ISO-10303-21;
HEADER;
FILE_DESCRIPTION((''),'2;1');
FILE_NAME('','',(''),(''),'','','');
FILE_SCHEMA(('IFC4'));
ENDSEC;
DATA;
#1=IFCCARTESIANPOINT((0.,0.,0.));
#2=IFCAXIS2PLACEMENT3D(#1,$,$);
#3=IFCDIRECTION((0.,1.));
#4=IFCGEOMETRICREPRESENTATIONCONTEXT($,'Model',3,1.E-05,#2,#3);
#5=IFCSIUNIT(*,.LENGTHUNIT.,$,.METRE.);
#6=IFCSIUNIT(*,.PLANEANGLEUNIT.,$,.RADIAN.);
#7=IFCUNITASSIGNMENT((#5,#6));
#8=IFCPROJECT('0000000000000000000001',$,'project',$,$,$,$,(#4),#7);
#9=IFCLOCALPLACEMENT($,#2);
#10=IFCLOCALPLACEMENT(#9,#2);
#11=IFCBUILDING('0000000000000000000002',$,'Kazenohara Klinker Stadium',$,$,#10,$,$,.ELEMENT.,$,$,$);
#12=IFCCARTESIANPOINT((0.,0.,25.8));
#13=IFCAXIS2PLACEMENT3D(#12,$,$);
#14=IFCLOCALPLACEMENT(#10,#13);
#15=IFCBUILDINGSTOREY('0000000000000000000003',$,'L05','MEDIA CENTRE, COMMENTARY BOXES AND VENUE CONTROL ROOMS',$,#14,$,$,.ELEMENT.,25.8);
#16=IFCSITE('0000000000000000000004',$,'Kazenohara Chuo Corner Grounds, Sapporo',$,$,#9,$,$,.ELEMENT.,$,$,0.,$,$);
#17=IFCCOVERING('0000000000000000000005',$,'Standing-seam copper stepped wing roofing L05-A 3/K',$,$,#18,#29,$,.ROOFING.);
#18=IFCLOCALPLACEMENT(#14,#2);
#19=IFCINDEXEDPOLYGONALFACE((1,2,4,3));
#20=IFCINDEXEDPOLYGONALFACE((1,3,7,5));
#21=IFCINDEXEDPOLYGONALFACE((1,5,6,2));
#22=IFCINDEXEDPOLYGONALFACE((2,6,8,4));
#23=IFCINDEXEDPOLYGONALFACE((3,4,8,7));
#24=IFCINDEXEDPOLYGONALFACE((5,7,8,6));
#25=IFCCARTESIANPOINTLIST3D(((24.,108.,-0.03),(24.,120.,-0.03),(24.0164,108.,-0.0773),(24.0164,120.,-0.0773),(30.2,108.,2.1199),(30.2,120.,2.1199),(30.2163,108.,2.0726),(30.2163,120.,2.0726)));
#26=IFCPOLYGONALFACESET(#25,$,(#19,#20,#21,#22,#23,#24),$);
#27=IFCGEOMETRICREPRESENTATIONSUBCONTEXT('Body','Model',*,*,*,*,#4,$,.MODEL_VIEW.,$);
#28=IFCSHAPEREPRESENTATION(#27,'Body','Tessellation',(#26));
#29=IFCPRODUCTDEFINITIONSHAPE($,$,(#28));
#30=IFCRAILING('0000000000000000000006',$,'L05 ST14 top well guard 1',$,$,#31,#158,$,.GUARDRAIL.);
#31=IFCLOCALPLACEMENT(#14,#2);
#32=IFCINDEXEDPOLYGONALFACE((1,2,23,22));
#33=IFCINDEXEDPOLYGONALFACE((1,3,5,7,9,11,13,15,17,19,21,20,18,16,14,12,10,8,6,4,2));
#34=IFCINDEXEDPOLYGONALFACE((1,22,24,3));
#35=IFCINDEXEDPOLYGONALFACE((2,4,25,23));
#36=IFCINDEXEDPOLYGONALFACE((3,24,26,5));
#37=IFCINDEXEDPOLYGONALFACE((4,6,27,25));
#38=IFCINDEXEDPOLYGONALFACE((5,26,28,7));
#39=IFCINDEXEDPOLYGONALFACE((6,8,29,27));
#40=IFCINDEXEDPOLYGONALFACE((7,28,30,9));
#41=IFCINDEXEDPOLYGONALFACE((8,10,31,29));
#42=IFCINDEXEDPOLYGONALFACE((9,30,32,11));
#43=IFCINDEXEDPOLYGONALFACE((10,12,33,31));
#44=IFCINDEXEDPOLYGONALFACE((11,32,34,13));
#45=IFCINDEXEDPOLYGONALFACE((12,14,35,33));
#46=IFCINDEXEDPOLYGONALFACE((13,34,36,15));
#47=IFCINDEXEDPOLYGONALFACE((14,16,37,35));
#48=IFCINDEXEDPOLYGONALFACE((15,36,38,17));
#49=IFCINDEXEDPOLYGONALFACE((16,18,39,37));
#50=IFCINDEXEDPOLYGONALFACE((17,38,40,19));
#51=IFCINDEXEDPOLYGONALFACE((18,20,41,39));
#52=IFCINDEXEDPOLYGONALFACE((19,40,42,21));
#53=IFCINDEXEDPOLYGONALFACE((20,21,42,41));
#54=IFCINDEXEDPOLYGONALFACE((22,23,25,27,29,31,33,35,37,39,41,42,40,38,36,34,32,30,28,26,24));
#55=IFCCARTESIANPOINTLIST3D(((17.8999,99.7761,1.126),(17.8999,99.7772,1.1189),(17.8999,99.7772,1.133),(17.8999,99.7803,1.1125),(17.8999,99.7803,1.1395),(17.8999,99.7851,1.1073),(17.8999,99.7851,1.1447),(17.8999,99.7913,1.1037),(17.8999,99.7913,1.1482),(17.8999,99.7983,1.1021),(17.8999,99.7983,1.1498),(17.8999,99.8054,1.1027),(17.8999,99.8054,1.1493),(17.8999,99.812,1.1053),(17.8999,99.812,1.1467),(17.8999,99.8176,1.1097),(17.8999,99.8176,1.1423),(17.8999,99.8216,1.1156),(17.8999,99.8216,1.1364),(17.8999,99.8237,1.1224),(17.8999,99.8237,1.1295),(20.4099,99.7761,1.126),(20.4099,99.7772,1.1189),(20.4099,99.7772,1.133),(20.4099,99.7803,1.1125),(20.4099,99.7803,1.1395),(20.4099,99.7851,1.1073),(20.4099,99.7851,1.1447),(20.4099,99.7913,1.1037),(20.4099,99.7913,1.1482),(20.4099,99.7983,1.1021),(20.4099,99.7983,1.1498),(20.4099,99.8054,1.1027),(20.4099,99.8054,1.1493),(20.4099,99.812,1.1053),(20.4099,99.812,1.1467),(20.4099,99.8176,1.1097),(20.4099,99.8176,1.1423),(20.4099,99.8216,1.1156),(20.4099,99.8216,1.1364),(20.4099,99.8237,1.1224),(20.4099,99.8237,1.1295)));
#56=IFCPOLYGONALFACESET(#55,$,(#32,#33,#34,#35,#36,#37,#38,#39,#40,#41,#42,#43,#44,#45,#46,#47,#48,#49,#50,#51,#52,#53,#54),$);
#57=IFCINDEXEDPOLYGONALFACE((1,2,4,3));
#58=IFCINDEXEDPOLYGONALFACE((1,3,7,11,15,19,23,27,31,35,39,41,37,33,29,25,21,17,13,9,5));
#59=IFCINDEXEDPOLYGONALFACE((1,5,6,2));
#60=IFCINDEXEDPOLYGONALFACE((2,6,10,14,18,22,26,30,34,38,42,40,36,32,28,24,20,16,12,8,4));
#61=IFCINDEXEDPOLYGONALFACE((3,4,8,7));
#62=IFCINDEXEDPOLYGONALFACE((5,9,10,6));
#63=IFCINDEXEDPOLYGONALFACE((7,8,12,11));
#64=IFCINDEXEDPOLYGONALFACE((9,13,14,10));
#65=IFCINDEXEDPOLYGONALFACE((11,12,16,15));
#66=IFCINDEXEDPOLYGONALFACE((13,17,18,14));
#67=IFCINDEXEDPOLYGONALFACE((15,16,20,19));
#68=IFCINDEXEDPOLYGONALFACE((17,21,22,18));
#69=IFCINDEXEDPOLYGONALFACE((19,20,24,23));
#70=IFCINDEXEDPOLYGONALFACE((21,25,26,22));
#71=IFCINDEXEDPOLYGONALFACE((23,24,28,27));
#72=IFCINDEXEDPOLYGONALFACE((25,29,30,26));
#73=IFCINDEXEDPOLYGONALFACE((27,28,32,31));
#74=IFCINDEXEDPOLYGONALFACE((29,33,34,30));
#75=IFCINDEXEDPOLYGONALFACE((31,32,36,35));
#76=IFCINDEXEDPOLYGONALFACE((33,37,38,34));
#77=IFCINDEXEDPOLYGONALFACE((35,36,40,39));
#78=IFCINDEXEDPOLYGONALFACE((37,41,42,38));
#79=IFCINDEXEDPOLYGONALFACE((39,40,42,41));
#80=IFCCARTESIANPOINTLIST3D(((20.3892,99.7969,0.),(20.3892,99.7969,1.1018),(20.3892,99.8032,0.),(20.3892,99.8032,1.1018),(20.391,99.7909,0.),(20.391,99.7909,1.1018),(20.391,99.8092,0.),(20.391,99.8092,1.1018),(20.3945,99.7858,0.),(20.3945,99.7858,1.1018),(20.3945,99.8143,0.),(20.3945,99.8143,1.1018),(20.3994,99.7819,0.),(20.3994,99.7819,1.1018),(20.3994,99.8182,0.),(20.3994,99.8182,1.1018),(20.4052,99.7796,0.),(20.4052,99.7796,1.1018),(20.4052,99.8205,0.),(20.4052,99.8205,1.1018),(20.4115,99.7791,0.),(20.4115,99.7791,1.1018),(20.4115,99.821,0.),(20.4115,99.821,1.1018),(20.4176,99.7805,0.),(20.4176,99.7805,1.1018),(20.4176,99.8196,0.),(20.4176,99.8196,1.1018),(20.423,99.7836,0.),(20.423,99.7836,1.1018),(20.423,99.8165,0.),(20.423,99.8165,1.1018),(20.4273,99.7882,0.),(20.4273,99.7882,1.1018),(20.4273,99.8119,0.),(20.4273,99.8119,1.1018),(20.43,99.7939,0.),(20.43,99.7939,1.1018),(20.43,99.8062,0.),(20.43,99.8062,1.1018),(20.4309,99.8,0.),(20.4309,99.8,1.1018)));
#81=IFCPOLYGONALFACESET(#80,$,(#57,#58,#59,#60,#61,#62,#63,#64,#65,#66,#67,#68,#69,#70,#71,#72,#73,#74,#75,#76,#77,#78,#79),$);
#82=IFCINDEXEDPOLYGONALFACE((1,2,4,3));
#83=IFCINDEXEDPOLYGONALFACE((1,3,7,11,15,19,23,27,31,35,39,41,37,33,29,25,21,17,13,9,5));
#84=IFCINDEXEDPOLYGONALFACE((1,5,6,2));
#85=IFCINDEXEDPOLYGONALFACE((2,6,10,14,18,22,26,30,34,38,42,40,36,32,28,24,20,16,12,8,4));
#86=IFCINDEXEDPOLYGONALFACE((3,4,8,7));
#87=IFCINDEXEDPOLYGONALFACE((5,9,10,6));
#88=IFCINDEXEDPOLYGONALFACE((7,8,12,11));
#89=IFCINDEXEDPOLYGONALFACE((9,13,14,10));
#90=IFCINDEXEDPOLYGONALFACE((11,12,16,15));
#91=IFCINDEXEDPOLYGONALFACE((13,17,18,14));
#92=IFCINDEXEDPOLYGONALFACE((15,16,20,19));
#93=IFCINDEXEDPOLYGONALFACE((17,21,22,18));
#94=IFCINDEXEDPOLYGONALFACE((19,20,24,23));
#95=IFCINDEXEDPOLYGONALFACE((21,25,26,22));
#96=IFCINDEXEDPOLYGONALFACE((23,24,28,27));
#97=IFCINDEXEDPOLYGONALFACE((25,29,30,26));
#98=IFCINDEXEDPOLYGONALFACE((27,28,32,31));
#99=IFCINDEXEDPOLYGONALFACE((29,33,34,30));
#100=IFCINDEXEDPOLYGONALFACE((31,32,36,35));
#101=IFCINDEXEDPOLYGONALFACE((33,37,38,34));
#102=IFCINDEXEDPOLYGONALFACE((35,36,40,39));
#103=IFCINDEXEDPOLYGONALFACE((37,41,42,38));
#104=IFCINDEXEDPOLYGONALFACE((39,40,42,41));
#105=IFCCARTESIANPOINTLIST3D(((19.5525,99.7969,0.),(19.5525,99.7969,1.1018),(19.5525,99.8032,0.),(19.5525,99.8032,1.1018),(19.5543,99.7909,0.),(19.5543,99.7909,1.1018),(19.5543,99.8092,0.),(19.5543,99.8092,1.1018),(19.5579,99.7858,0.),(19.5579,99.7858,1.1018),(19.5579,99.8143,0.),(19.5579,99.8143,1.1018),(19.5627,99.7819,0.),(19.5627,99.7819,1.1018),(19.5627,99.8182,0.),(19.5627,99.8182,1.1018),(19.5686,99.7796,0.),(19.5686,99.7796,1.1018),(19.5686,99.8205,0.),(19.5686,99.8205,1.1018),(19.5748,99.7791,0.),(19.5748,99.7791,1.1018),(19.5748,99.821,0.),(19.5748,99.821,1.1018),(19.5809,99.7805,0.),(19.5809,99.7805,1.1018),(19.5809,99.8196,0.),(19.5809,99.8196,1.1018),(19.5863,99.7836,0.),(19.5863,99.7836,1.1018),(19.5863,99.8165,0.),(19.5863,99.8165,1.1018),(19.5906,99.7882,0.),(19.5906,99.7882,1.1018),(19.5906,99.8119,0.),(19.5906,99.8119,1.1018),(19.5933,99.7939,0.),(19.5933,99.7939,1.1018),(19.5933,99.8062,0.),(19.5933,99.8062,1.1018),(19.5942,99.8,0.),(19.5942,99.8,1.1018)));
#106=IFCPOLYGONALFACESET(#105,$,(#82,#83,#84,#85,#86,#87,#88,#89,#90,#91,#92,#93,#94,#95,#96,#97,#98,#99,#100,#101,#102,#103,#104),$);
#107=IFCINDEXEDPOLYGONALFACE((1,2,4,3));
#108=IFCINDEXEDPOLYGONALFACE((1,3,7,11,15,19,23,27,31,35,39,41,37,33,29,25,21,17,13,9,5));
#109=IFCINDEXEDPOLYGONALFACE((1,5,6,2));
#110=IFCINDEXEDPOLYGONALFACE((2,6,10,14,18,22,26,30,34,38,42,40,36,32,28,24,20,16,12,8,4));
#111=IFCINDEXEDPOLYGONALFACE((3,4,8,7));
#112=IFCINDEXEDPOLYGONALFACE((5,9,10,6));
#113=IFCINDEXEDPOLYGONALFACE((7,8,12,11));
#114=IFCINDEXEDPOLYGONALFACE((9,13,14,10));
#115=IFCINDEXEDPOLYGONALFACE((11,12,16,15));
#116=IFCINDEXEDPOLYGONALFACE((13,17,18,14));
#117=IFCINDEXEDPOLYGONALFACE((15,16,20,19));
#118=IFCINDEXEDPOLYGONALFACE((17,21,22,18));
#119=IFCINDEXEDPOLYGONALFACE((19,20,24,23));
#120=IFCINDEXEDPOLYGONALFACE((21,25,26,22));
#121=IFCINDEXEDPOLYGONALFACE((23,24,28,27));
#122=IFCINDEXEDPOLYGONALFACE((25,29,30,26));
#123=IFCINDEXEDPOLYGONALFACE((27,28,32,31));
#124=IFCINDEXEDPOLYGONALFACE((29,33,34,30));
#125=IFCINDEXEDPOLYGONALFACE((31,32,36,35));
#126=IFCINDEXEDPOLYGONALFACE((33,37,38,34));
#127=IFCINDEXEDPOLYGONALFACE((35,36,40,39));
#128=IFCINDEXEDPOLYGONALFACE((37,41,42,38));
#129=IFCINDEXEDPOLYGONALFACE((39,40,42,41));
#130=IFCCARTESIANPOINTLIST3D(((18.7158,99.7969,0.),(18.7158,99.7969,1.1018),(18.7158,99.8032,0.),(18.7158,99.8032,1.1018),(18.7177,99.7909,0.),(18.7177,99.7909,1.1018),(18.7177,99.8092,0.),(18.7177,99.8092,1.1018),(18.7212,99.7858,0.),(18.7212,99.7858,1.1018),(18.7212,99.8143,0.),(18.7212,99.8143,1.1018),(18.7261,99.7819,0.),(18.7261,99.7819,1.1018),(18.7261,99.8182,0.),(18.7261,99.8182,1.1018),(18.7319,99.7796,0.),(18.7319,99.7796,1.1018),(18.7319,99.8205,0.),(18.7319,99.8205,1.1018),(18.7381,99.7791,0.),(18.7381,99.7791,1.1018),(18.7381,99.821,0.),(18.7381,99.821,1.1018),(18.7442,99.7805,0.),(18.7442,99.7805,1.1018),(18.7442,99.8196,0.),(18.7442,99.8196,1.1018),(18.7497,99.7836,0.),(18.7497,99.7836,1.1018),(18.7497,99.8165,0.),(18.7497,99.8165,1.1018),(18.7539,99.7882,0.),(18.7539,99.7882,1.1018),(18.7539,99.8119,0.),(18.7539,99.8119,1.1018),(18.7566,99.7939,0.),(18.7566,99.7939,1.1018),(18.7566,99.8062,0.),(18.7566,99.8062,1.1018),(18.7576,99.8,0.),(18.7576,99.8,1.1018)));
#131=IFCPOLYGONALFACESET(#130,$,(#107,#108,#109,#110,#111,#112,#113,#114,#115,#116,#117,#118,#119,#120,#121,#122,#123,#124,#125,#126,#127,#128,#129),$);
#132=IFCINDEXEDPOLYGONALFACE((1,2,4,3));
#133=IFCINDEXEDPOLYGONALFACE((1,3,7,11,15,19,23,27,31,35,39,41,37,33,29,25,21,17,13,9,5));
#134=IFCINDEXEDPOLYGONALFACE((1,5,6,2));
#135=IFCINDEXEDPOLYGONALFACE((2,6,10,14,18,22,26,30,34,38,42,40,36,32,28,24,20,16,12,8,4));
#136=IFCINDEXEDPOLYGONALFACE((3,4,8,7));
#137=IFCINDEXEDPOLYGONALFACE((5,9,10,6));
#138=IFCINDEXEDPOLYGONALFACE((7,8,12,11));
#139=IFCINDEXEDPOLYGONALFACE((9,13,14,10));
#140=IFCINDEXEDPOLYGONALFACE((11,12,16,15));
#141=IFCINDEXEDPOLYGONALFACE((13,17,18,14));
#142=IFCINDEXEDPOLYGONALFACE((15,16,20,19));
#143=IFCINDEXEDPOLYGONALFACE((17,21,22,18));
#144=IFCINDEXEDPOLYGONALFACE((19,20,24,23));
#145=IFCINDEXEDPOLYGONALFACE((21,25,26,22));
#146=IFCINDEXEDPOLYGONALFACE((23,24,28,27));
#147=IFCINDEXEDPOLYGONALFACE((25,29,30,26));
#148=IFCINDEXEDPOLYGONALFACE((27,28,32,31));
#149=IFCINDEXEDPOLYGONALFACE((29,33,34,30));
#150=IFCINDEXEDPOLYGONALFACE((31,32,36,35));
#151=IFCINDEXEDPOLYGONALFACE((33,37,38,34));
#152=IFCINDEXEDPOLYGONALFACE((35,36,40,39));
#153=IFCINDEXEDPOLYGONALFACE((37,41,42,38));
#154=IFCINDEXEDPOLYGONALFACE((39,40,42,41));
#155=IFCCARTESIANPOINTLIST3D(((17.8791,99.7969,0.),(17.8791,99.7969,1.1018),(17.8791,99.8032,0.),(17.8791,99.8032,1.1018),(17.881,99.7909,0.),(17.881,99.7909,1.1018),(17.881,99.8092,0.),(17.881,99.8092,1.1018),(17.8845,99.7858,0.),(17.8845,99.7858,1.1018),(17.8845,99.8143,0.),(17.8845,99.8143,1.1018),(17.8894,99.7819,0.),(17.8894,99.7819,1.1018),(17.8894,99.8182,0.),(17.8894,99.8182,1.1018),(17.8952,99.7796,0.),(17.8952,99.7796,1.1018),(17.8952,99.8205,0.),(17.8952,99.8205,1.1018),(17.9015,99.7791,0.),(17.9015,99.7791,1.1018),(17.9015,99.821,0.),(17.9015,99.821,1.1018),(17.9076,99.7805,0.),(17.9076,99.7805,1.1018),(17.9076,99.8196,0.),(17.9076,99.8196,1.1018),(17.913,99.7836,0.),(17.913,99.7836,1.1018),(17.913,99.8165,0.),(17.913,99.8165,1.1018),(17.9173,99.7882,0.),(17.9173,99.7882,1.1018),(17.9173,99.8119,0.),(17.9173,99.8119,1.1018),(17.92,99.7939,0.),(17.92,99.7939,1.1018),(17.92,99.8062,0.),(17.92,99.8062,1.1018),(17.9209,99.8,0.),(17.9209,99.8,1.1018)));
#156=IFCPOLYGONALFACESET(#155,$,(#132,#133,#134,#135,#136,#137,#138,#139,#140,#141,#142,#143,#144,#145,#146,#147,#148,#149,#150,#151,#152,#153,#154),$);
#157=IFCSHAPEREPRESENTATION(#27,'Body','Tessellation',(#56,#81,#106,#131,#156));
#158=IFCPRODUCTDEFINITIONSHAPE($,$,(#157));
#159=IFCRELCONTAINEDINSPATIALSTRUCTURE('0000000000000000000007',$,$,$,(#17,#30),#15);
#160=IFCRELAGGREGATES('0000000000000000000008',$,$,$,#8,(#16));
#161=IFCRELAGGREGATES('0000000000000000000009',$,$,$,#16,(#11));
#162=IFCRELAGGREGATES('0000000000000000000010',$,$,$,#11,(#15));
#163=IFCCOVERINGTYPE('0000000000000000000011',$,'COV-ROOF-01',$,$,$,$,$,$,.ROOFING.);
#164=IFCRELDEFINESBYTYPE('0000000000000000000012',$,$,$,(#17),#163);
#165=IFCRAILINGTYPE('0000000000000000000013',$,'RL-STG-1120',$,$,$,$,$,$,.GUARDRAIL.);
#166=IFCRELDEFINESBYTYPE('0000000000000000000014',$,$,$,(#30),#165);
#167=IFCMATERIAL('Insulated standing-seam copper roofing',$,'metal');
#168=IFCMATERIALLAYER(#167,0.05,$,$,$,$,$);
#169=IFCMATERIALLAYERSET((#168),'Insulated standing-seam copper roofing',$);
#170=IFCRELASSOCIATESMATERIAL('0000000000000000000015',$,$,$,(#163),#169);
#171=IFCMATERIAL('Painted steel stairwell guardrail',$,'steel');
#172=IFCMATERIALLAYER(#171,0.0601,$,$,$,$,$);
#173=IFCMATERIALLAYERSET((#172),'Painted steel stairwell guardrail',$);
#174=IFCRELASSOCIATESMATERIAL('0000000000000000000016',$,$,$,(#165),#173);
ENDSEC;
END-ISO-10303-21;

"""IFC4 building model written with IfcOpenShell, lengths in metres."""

from ifc_helpers import new_model, si_unit, direction, frame, origin, origin_2d, place, context, subcontext, project, spatial, polyline, circle, outline, extrude, material, layer, layer_set, type_object, element, save


model = new_model("IFC4")

# Units and contexts
model_context = context("Model", 3, precision=1e-05, world=origin(), true_north=direction((0.0, 1.0)))
body_context = subcontext(model_context, "Body", "Model", "MODEL_VIEW")
ifc_project = project(units=[si_unit("LENGTHUNIT", "METRE"), si_unit("PLANEANGLEUNIT", "RADIAN")], contexts=[model_context])

# Site, building, storey
site_placement = place(None, origin())
site = spatial("IfcSite", under=ifc_project, at=site_placement, Name="Kazenohara Chuo Corner Grounds, Sapporo", CompositionType="ELEMENT", RefElevation=0.0)
building_placement = place(site_placement, origin())
building = spatial("IfcBuilding", under=site, at=building_placement, Name="Kazenohara Klinker Stadium", CompositionType="ELEMENT")
storey_placement = place(building_placement, frame((0.0, 0.0, 25.8)))
storey = spatial("IfcBuildingStorey", under=building, at=storey_placement, Name="L05", Description="MEDIA CENTRE, COMMENTARY BOXES AND VENUE CONTROL ROOMS", CompositionType="ELEMENT", Elevation=25.8)

# Covering
ifc_material_1 = material(Name="Insulated standing-seam copper roofing", Category="metal")
ifc_layer_1 = layer(ifc_material_1, 0.05)
ifc_layer_set_1 = layer_set([ifc_layer_1], Name="Insulated standing-seam copper roofing")
covering_type = type_object("IfcCoveringType", Name="COV-ROOF-01", PredefinedType="ROOFING", material=ifc_layer_set_1)
covering_placement = place(storey_placement, frame((24.0, 108.0, -0.03), z_axis=(-0.327623, 0.0, 0.944809), x_axis=(0.944809, 0.0, 0.327623)))
element("IfcCovering", 1, at=covering_placement, inside=storey, type_object=covering_type, Name="Standing-seam copper stepped wing roofing L05-A 3/K", PredefinedType="ROOFING", context=body_context, shape_type="SweptSolid", body=[
    extrude(outline(polyline([(0.0, 0.0), (6.5621, 0.0), (6.5621, 12.0), (0.0, 12.0), (0.0, 0.0)])), origin(), (0.0, 0.0, -1.0), 0.05),
])

# Railing
ifc_material_2 = material(Name="Painted steel stairwell guardrail", Category="steel")
ifc_layer_2 = layer(ifc_material_2, 0.0601)
ifc_layer_set_2 = layer_set([ifc_layer_2], Name="Painted steel stairwell guardrail")
railing_type = type_object("IfcRailingType", Name="RL-STG-1120", PredefinedType="GUARDRAIL", material=ifc_layer_set_2)
railing_placement = place(storey_placement, frame((20.4099, 99.8, 0.0)))
element("IfcRailing", 2, at=railing_placement, inside=storey, type_object=railing_type, Name="L05 ST14 top well guard 1", PredefinedType="GUARDRAIL", context=body_context, shape_type="SweptSolid", body=[
    extrude(circle(Radius=0.0239, at=origin_2d()), frame((0.0, 0.0, 1.126), z_axis=(-1.0, 0.0, 0.0), x_axis=(0.0, -1.0, 0.0)), (0.0, 0.0, 1.0), 2.51),
    extrude(circle(Radius=0.021, at=origin_2d()), origin(), (0.0, 0.0, 1.0), 1.1018),
    extrude(circle(Radius=0.021, at=origin_2d()), frame((-0.8367, 0.0, 0.0)), (0.0, 0.0, 1.0), 1.1018),
    extrude(circle(Radius=0.021, at=origin_2d()), frame((-1.6733, 0.0, 0.0)), (0.0, 0.0, 1.0), 1.1018),
    extrude(circle(Radius=0.021, at=origin_2d()), frame((-2.51, 0.0, 0.0)), (0.0, 0.0, 1.0), 1.1018),
])

save(model, "model.ifc")
